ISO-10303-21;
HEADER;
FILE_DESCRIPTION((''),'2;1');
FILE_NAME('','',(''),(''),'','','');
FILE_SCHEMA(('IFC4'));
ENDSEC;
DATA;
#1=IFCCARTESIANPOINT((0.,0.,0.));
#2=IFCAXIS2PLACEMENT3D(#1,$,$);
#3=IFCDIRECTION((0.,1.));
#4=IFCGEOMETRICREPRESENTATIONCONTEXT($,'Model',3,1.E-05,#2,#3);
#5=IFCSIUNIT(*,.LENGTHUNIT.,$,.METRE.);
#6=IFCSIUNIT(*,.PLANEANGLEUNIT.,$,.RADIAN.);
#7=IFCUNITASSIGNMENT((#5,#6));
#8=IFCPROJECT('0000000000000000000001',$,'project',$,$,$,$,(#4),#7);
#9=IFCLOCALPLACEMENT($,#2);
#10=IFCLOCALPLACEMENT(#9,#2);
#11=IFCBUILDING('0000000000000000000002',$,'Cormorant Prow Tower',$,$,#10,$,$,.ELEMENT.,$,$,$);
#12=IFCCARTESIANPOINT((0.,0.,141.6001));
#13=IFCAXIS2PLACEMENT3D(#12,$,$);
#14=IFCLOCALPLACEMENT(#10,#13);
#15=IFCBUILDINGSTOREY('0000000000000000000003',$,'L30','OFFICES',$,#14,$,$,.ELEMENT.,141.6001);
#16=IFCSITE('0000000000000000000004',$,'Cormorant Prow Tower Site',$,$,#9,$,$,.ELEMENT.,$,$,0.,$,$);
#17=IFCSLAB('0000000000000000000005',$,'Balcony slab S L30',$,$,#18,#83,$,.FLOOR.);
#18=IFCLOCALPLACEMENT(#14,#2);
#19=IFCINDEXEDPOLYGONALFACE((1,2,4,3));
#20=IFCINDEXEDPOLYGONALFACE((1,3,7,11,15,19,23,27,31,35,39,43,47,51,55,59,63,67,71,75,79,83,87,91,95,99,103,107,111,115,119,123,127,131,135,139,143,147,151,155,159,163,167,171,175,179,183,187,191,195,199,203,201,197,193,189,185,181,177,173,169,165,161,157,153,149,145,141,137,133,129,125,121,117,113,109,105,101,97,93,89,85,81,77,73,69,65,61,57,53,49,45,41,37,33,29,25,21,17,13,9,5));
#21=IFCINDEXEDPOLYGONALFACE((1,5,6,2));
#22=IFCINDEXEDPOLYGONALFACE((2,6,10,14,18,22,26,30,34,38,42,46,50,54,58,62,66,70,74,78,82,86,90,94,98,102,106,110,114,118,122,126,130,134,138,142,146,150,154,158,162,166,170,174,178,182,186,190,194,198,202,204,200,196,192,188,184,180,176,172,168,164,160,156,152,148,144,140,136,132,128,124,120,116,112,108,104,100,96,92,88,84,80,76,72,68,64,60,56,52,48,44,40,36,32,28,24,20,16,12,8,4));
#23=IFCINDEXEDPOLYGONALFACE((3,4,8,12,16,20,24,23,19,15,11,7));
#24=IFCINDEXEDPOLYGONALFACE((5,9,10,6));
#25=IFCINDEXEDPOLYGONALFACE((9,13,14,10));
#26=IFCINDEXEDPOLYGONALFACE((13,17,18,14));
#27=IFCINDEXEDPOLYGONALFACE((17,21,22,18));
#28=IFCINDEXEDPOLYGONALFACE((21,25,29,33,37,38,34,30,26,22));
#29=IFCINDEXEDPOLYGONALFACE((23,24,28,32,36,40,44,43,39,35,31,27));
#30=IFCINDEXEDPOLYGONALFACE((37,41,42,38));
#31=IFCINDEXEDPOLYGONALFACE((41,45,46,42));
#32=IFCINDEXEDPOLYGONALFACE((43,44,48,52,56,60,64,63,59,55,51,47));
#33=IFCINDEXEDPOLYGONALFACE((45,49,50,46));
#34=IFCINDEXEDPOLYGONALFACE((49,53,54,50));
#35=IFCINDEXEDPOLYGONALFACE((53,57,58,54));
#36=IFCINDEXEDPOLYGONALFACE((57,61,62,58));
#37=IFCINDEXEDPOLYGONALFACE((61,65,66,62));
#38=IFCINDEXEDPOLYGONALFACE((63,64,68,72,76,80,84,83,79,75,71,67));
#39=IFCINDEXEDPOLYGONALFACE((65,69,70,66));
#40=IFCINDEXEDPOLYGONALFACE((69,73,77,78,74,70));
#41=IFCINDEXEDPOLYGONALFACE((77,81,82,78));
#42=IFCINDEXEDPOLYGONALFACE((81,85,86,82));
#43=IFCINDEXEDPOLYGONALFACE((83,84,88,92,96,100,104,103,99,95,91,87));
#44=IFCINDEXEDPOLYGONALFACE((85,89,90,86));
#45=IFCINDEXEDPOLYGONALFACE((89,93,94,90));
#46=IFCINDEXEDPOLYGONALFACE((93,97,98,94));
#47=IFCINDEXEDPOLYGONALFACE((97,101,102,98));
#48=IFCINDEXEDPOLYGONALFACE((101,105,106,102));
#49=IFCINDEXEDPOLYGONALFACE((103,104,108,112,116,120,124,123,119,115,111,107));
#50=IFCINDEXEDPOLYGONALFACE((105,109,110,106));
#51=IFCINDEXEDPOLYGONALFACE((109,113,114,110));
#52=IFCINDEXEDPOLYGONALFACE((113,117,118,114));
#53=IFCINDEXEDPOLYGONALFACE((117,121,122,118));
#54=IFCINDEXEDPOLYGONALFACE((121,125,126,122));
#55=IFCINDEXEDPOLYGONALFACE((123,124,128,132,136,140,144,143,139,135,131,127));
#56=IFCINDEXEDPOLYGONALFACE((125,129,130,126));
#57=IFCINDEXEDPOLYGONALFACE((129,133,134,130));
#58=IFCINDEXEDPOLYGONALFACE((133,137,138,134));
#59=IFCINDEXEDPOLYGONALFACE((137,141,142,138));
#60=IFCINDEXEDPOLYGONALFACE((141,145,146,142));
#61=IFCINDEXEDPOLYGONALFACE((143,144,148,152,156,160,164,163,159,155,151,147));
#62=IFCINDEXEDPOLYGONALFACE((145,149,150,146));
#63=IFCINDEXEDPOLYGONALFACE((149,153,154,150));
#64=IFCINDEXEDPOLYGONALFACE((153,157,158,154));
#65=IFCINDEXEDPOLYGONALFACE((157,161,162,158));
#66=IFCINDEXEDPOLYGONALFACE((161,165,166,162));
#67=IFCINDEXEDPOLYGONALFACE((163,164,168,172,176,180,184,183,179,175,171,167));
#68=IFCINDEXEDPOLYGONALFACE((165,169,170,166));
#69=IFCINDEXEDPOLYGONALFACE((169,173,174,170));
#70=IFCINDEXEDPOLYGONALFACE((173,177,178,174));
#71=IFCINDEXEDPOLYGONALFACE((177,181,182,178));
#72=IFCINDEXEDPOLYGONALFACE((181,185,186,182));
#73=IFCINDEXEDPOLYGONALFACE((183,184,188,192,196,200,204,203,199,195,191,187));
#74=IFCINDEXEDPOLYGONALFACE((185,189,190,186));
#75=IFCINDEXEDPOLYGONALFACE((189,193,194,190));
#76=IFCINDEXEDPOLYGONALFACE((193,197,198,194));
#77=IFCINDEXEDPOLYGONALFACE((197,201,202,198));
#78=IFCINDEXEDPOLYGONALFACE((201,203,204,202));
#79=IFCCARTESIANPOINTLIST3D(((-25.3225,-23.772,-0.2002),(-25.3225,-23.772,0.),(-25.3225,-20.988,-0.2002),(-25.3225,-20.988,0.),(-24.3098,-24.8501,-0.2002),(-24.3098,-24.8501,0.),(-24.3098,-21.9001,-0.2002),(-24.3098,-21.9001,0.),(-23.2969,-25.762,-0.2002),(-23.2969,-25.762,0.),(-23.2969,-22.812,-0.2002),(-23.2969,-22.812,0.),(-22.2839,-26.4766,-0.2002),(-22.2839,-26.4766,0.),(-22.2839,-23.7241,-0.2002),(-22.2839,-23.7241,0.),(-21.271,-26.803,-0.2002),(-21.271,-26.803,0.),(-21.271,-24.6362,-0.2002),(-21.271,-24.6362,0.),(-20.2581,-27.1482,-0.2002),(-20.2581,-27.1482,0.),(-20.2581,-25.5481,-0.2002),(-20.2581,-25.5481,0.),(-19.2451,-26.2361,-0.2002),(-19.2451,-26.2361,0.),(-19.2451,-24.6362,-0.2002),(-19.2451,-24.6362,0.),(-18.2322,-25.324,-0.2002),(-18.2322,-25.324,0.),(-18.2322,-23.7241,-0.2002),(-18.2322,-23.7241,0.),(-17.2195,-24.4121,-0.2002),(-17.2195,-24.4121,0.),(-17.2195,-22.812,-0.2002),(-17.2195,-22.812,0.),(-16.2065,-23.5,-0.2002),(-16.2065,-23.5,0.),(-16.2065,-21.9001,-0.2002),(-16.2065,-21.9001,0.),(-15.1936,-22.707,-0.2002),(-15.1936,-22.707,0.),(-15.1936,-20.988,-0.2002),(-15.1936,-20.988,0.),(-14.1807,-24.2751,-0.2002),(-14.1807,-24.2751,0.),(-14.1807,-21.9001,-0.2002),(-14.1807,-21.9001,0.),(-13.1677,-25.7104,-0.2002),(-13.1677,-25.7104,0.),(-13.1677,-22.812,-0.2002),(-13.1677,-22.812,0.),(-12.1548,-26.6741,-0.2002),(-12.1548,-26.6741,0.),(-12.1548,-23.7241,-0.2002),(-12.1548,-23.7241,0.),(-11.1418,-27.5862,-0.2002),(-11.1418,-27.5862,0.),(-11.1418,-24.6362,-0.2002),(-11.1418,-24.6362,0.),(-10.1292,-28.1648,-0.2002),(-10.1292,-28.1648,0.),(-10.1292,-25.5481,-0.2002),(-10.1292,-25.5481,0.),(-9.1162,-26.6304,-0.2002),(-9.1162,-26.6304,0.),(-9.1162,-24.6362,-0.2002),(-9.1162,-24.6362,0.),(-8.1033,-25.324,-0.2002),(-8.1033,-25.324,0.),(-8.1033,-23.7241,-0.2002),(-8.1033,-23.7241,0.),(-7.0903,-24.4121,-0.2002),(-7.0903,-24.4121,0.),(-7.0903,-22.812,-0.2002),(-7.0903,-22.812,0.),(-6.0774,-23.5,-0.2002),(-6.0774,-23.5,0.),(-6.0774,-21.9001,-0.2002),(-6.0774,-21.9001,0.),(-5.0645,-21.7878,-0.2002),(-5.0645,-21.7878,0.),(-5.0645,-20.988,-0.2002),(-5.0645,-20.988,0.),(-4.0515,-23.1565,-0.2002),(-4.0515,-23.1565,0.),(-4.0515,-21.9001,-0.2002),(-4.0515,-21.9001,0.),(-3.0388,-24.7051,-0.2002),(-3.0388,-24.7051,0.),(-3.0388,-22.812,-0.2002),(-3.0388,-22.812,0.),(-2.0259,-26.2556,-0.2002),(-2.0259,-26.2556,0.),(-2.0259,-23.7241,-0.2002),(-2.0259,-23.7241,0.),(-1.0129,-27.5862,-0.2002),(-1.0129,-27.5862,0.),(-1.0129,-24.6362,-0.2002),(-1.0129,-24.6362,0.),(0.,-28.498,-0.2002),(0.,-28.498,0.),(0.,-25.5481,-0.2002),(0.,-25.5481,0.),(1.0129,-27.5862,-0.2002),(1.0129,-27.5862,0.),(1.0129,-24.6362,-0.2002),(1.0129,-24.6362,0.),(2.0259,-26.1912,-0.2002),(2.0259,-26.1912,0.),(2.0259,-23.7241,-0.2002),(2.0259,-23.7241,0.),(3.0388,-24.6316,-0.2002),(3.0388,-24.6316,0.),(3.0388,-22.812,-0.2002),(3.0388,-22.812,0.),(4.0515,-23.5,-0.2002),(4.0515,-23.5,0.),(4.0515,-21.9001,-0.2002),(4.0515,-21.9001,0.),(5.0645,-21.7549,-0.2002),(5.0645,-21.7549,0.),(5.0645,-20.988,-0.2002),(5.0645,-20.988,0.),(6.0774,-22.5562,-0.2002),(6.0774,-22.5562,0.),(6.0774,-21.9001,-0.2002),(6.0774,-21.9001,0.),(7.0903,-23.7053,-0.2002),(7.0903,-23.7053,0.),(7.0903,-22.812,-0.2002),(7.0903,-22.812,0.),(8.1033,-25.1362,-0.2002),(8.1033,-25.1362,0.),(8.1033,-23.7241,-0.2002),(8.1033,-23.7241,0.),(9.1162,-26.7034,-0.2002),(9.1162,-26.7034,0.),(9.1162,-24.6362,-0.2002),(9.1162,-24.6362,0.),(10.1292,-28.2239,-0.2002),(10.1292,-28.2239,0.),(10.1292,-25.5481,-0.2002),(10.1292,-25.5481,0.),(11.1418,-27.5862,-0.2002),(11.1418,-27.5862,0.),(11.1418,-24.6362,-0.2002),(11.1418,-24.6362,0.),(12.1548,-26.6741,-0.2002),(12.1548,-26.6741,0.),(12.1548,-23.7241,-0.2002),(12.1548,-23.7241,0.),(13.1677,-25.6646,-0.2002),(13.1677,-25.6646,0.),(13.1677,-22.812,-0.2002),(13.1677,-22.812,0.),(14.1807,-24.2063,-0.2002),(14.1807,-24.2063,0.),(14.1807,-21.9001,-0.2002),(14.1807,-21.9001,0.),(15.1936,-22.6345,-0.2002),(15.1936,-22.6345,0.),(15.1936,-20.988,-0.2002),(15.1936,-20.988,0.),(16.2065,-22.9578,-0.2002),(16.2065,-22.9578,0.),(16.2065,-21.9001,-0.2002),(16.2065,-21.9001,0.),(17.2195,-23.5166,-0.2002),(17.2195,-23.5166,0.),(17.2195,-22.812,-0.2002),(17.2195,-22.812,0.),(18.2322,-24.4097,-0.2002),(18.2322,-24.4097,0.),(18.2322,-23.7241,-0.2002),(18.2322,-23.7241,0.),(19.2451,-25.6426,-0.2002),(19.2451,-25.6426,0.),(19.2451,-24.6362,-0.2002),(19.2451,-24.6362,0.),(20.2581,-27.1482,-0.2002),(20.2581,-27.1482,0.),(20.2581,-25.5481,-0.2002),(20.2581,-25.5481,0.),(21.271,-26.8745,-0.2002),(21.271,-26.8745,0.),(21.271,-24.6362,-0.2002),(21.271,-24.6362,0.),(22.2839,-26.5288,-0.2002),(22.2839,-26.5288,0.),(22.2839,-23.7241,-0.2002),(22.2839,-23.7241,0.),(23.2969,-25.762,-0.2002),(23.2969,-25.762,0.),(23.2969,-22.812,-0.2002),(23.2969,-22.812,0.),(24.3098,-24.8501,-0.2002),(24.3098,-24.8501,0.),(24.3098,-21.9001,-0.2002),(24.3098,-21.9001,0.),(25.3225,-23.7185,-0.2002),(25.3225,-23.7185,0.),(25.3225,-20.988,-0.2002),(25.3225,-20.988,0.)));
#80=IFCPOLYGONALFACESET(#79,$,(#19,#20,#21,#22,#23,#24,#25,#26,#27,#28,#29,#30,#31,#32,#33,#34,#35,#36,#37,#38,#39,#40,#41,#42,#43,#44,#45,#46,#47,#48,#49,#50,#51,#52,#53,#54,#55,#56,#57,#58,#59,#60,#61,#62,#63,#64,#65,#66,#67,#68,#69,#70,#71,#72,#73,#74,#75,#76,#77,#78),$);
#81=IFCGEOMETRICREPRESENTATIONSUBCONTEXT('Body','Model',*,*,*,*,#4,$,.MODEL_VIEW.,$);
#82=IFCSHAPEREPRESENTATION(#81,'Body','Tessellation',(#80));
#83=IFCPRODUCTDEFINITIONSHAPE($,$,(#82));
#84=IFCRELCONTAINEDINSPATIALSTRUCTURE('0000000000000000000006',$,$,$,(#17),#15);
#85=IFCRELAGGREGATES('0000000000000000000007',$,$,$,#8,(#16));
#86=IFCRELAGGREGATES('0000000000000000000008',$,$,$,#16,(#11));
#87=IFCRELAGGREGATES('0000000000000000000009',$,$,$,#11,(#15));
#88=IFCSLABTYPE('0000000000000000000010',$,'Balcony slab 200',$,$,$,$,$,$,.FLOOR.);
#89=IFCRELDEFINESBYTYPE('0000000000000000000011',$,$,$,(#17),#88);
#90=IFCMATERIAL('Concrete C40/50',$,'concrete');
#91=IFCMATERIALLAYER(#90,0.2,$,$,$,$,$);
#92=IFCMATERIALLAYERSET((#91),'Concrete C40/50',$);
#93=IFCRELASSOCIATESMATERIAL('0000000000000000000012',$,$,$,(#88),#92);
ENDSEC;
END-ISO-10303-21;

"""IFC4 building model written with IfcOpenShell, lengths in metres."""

from ifc_helpers import new_model, si_unit, direction, frame, origin, place, context, subcontext, project, spatial, polyline, outline, extrude, material, layer, layer_set, type_object, element, save


model = new_model("IFC4")

# Units and contexts
model_context = context("Model", 3, precision=1e-05, world=origin(), true_north=direction((0.0, 1.0)))
body_context = subcontext(model_context, "Body", "Model", "MODEL_VIEW")
ifc_project = project(units=[si_unit("LENGTHUNIT", "METRE"), si_unit("PLANEANGLEUNIT", "RADIAN")], contexts=[model_context])

# Site, building, storey
site_placement = place(None, origin())
site = spatial("IfcSite", under=ifc_project, at=site_placement, Name="Cormorant Prow Tower Site", CompositionType="ELEMENT", RefElevation=0.0)
building_placement = place(site_placement, origin())
building = spatial("IfcBuilding", under=site, at=building_placement, Name="Cormorant Prow Tower", CompositionType="ELEMENT")
storey_placement = place(building_placement, frame((0.0, 0.0, 141.6001)))
storey = spatial("IfcBuildingStorey", under=building, at=storey_placement, Name="L30", Description="OFFICES", CompositionType="ELEMENT", Elevation=141.6001)

# Slab
ifc_material_1 = material(Name="Concrete C40/50", Category="concrete")
ifc_layer_1 = layer(ifc_material_1, 0.2)
ifc_layer_set_1 = layer_set([ifc_layer_1], Name="Concrete C40/50")
slab_type_1 = type_object("IfcSlabType", Name="Balcony slab 200", PredefinedType="FLOOR", material=ifc_layer_set_1)
slab_1_placement = place(storey_placement, frame((0.0, 0.0, -0.2002)))
element("IfcSlab", 1, at=slab_1_placement, inside=storey, type_object=slab_type_1, Name="Balcony slab S L30", PredefinedType="FLOOR", context=body_context, shape_type="SweptSolid", body=[
    extrude(outline(polyline([(-25.3225, -20.988), (-25.3225, -23.772), (-24.3098, -24.8501), (-23.2969, -25.762), (-22.2839, -26.4766), (-21.271, -26.803), (-20.2581, -27.1482), (-19.2451, -26.2361), (-18.2322, -25.324), (-17.2195, -24.4121), (-16.2065, -23.5), (-15.1936, -22.707), (-14.1807, -24.2751), (-13.1677, -25.7104), (-12.1548, -26.6741), (-11.1418, -27.5862), (-10.1292, -28.1648), (-9.1162, -26.6304), (-8.1033, -25.324), (-7.0903, -24.4121), (-6.0774, -23.5), (-5.0645, -21.7878), (-4.0515, -23.1565), (-3.0388, -24.7051), (-2.0259, -26.2556), (-1.0129, -27.5862), (0.0, -28.498), (1.0129, -27.5862), (2.0259, -26.1912), (3.0388, -24.6316), (4.0515, -23.5), (5.0645, -21.7549), (6.0774, -22.5562), (7.0903, -23.7053), (8.1033, -25.1362), (9.1162, -26.7034), (10.1292, -28.2239), (11.1418, -27.5862), (12.1548, -26.6741), (13.1677, -25.6646), (14.1807, -24.2063), (15.1936, -22.6345), (16.2065, -22.9578), (17.2195, -23.5166), (18.2322, -24.4097), (19.2451, -25.6426), (20.2581, -27.1482), (21.271, -26.8745), (22.2839, -26.5288), (23.2969, -25.762), (24.3098, -24.8501), (25.3225, -23.7185), (25.3225, -20.988), (24.3098, -21.9001), (23.2969, -22.812), (22.2839, -23.7241), (21.271, -24.6362), (20.2581, -25.5481), (19.2451, -24.6362), (18.2322, -23.7241), (17.2195, -22.812), (16.2065, -21.9001), (15.1936, -20.988), (14.1807, -21.9001), (13.1677, -22.812), (12.1548, -23.7241), (11.1418, -24.6362), (10.1292, -25.5481), (9.1162, -24.6362), (8.1033, -23.7241), (7.0903, -22.812), (6.0774, -21.9001), (5.0645, -20.988), (4.0515, -21.9001), (3.0388, -22.812), (2.0259, -23.7241), (1.0129, -24.6362), (0.0, -25.5481), (-1.0129, -24.6362), (-2.0259, -23.7241), (-3.0388, -22.812), (-4.0515, -21.9001), (-5.0645, -20.988), (-6.0774, -21.9001), (-7.0903, -22.812), (-8.1033, -23.7241), (-9.1162, -24.6362), (-10.1292, -25.5481), (-11.1418, -24.6362), (-12.1548, -23.7241), (-13.1677, -22.812), (-14.1807, -21.9001), (-15.1936, -20.988), (-16.2065, -21.9001), (-17.2195, -22.812), (-18.2322, -23.7241), (-19.2451, -24.6362), (-20.2581, -25.5481), (-21.271, -24.6362), (-22.2839, -23.7241), (-23.2969, -22.812), (-24.3098, -21.9001), (-25.3225, -20.988)])), origin(), (0.0, 0.0, 1.0), 0.2002),
])

save(model, "model.ifc")
